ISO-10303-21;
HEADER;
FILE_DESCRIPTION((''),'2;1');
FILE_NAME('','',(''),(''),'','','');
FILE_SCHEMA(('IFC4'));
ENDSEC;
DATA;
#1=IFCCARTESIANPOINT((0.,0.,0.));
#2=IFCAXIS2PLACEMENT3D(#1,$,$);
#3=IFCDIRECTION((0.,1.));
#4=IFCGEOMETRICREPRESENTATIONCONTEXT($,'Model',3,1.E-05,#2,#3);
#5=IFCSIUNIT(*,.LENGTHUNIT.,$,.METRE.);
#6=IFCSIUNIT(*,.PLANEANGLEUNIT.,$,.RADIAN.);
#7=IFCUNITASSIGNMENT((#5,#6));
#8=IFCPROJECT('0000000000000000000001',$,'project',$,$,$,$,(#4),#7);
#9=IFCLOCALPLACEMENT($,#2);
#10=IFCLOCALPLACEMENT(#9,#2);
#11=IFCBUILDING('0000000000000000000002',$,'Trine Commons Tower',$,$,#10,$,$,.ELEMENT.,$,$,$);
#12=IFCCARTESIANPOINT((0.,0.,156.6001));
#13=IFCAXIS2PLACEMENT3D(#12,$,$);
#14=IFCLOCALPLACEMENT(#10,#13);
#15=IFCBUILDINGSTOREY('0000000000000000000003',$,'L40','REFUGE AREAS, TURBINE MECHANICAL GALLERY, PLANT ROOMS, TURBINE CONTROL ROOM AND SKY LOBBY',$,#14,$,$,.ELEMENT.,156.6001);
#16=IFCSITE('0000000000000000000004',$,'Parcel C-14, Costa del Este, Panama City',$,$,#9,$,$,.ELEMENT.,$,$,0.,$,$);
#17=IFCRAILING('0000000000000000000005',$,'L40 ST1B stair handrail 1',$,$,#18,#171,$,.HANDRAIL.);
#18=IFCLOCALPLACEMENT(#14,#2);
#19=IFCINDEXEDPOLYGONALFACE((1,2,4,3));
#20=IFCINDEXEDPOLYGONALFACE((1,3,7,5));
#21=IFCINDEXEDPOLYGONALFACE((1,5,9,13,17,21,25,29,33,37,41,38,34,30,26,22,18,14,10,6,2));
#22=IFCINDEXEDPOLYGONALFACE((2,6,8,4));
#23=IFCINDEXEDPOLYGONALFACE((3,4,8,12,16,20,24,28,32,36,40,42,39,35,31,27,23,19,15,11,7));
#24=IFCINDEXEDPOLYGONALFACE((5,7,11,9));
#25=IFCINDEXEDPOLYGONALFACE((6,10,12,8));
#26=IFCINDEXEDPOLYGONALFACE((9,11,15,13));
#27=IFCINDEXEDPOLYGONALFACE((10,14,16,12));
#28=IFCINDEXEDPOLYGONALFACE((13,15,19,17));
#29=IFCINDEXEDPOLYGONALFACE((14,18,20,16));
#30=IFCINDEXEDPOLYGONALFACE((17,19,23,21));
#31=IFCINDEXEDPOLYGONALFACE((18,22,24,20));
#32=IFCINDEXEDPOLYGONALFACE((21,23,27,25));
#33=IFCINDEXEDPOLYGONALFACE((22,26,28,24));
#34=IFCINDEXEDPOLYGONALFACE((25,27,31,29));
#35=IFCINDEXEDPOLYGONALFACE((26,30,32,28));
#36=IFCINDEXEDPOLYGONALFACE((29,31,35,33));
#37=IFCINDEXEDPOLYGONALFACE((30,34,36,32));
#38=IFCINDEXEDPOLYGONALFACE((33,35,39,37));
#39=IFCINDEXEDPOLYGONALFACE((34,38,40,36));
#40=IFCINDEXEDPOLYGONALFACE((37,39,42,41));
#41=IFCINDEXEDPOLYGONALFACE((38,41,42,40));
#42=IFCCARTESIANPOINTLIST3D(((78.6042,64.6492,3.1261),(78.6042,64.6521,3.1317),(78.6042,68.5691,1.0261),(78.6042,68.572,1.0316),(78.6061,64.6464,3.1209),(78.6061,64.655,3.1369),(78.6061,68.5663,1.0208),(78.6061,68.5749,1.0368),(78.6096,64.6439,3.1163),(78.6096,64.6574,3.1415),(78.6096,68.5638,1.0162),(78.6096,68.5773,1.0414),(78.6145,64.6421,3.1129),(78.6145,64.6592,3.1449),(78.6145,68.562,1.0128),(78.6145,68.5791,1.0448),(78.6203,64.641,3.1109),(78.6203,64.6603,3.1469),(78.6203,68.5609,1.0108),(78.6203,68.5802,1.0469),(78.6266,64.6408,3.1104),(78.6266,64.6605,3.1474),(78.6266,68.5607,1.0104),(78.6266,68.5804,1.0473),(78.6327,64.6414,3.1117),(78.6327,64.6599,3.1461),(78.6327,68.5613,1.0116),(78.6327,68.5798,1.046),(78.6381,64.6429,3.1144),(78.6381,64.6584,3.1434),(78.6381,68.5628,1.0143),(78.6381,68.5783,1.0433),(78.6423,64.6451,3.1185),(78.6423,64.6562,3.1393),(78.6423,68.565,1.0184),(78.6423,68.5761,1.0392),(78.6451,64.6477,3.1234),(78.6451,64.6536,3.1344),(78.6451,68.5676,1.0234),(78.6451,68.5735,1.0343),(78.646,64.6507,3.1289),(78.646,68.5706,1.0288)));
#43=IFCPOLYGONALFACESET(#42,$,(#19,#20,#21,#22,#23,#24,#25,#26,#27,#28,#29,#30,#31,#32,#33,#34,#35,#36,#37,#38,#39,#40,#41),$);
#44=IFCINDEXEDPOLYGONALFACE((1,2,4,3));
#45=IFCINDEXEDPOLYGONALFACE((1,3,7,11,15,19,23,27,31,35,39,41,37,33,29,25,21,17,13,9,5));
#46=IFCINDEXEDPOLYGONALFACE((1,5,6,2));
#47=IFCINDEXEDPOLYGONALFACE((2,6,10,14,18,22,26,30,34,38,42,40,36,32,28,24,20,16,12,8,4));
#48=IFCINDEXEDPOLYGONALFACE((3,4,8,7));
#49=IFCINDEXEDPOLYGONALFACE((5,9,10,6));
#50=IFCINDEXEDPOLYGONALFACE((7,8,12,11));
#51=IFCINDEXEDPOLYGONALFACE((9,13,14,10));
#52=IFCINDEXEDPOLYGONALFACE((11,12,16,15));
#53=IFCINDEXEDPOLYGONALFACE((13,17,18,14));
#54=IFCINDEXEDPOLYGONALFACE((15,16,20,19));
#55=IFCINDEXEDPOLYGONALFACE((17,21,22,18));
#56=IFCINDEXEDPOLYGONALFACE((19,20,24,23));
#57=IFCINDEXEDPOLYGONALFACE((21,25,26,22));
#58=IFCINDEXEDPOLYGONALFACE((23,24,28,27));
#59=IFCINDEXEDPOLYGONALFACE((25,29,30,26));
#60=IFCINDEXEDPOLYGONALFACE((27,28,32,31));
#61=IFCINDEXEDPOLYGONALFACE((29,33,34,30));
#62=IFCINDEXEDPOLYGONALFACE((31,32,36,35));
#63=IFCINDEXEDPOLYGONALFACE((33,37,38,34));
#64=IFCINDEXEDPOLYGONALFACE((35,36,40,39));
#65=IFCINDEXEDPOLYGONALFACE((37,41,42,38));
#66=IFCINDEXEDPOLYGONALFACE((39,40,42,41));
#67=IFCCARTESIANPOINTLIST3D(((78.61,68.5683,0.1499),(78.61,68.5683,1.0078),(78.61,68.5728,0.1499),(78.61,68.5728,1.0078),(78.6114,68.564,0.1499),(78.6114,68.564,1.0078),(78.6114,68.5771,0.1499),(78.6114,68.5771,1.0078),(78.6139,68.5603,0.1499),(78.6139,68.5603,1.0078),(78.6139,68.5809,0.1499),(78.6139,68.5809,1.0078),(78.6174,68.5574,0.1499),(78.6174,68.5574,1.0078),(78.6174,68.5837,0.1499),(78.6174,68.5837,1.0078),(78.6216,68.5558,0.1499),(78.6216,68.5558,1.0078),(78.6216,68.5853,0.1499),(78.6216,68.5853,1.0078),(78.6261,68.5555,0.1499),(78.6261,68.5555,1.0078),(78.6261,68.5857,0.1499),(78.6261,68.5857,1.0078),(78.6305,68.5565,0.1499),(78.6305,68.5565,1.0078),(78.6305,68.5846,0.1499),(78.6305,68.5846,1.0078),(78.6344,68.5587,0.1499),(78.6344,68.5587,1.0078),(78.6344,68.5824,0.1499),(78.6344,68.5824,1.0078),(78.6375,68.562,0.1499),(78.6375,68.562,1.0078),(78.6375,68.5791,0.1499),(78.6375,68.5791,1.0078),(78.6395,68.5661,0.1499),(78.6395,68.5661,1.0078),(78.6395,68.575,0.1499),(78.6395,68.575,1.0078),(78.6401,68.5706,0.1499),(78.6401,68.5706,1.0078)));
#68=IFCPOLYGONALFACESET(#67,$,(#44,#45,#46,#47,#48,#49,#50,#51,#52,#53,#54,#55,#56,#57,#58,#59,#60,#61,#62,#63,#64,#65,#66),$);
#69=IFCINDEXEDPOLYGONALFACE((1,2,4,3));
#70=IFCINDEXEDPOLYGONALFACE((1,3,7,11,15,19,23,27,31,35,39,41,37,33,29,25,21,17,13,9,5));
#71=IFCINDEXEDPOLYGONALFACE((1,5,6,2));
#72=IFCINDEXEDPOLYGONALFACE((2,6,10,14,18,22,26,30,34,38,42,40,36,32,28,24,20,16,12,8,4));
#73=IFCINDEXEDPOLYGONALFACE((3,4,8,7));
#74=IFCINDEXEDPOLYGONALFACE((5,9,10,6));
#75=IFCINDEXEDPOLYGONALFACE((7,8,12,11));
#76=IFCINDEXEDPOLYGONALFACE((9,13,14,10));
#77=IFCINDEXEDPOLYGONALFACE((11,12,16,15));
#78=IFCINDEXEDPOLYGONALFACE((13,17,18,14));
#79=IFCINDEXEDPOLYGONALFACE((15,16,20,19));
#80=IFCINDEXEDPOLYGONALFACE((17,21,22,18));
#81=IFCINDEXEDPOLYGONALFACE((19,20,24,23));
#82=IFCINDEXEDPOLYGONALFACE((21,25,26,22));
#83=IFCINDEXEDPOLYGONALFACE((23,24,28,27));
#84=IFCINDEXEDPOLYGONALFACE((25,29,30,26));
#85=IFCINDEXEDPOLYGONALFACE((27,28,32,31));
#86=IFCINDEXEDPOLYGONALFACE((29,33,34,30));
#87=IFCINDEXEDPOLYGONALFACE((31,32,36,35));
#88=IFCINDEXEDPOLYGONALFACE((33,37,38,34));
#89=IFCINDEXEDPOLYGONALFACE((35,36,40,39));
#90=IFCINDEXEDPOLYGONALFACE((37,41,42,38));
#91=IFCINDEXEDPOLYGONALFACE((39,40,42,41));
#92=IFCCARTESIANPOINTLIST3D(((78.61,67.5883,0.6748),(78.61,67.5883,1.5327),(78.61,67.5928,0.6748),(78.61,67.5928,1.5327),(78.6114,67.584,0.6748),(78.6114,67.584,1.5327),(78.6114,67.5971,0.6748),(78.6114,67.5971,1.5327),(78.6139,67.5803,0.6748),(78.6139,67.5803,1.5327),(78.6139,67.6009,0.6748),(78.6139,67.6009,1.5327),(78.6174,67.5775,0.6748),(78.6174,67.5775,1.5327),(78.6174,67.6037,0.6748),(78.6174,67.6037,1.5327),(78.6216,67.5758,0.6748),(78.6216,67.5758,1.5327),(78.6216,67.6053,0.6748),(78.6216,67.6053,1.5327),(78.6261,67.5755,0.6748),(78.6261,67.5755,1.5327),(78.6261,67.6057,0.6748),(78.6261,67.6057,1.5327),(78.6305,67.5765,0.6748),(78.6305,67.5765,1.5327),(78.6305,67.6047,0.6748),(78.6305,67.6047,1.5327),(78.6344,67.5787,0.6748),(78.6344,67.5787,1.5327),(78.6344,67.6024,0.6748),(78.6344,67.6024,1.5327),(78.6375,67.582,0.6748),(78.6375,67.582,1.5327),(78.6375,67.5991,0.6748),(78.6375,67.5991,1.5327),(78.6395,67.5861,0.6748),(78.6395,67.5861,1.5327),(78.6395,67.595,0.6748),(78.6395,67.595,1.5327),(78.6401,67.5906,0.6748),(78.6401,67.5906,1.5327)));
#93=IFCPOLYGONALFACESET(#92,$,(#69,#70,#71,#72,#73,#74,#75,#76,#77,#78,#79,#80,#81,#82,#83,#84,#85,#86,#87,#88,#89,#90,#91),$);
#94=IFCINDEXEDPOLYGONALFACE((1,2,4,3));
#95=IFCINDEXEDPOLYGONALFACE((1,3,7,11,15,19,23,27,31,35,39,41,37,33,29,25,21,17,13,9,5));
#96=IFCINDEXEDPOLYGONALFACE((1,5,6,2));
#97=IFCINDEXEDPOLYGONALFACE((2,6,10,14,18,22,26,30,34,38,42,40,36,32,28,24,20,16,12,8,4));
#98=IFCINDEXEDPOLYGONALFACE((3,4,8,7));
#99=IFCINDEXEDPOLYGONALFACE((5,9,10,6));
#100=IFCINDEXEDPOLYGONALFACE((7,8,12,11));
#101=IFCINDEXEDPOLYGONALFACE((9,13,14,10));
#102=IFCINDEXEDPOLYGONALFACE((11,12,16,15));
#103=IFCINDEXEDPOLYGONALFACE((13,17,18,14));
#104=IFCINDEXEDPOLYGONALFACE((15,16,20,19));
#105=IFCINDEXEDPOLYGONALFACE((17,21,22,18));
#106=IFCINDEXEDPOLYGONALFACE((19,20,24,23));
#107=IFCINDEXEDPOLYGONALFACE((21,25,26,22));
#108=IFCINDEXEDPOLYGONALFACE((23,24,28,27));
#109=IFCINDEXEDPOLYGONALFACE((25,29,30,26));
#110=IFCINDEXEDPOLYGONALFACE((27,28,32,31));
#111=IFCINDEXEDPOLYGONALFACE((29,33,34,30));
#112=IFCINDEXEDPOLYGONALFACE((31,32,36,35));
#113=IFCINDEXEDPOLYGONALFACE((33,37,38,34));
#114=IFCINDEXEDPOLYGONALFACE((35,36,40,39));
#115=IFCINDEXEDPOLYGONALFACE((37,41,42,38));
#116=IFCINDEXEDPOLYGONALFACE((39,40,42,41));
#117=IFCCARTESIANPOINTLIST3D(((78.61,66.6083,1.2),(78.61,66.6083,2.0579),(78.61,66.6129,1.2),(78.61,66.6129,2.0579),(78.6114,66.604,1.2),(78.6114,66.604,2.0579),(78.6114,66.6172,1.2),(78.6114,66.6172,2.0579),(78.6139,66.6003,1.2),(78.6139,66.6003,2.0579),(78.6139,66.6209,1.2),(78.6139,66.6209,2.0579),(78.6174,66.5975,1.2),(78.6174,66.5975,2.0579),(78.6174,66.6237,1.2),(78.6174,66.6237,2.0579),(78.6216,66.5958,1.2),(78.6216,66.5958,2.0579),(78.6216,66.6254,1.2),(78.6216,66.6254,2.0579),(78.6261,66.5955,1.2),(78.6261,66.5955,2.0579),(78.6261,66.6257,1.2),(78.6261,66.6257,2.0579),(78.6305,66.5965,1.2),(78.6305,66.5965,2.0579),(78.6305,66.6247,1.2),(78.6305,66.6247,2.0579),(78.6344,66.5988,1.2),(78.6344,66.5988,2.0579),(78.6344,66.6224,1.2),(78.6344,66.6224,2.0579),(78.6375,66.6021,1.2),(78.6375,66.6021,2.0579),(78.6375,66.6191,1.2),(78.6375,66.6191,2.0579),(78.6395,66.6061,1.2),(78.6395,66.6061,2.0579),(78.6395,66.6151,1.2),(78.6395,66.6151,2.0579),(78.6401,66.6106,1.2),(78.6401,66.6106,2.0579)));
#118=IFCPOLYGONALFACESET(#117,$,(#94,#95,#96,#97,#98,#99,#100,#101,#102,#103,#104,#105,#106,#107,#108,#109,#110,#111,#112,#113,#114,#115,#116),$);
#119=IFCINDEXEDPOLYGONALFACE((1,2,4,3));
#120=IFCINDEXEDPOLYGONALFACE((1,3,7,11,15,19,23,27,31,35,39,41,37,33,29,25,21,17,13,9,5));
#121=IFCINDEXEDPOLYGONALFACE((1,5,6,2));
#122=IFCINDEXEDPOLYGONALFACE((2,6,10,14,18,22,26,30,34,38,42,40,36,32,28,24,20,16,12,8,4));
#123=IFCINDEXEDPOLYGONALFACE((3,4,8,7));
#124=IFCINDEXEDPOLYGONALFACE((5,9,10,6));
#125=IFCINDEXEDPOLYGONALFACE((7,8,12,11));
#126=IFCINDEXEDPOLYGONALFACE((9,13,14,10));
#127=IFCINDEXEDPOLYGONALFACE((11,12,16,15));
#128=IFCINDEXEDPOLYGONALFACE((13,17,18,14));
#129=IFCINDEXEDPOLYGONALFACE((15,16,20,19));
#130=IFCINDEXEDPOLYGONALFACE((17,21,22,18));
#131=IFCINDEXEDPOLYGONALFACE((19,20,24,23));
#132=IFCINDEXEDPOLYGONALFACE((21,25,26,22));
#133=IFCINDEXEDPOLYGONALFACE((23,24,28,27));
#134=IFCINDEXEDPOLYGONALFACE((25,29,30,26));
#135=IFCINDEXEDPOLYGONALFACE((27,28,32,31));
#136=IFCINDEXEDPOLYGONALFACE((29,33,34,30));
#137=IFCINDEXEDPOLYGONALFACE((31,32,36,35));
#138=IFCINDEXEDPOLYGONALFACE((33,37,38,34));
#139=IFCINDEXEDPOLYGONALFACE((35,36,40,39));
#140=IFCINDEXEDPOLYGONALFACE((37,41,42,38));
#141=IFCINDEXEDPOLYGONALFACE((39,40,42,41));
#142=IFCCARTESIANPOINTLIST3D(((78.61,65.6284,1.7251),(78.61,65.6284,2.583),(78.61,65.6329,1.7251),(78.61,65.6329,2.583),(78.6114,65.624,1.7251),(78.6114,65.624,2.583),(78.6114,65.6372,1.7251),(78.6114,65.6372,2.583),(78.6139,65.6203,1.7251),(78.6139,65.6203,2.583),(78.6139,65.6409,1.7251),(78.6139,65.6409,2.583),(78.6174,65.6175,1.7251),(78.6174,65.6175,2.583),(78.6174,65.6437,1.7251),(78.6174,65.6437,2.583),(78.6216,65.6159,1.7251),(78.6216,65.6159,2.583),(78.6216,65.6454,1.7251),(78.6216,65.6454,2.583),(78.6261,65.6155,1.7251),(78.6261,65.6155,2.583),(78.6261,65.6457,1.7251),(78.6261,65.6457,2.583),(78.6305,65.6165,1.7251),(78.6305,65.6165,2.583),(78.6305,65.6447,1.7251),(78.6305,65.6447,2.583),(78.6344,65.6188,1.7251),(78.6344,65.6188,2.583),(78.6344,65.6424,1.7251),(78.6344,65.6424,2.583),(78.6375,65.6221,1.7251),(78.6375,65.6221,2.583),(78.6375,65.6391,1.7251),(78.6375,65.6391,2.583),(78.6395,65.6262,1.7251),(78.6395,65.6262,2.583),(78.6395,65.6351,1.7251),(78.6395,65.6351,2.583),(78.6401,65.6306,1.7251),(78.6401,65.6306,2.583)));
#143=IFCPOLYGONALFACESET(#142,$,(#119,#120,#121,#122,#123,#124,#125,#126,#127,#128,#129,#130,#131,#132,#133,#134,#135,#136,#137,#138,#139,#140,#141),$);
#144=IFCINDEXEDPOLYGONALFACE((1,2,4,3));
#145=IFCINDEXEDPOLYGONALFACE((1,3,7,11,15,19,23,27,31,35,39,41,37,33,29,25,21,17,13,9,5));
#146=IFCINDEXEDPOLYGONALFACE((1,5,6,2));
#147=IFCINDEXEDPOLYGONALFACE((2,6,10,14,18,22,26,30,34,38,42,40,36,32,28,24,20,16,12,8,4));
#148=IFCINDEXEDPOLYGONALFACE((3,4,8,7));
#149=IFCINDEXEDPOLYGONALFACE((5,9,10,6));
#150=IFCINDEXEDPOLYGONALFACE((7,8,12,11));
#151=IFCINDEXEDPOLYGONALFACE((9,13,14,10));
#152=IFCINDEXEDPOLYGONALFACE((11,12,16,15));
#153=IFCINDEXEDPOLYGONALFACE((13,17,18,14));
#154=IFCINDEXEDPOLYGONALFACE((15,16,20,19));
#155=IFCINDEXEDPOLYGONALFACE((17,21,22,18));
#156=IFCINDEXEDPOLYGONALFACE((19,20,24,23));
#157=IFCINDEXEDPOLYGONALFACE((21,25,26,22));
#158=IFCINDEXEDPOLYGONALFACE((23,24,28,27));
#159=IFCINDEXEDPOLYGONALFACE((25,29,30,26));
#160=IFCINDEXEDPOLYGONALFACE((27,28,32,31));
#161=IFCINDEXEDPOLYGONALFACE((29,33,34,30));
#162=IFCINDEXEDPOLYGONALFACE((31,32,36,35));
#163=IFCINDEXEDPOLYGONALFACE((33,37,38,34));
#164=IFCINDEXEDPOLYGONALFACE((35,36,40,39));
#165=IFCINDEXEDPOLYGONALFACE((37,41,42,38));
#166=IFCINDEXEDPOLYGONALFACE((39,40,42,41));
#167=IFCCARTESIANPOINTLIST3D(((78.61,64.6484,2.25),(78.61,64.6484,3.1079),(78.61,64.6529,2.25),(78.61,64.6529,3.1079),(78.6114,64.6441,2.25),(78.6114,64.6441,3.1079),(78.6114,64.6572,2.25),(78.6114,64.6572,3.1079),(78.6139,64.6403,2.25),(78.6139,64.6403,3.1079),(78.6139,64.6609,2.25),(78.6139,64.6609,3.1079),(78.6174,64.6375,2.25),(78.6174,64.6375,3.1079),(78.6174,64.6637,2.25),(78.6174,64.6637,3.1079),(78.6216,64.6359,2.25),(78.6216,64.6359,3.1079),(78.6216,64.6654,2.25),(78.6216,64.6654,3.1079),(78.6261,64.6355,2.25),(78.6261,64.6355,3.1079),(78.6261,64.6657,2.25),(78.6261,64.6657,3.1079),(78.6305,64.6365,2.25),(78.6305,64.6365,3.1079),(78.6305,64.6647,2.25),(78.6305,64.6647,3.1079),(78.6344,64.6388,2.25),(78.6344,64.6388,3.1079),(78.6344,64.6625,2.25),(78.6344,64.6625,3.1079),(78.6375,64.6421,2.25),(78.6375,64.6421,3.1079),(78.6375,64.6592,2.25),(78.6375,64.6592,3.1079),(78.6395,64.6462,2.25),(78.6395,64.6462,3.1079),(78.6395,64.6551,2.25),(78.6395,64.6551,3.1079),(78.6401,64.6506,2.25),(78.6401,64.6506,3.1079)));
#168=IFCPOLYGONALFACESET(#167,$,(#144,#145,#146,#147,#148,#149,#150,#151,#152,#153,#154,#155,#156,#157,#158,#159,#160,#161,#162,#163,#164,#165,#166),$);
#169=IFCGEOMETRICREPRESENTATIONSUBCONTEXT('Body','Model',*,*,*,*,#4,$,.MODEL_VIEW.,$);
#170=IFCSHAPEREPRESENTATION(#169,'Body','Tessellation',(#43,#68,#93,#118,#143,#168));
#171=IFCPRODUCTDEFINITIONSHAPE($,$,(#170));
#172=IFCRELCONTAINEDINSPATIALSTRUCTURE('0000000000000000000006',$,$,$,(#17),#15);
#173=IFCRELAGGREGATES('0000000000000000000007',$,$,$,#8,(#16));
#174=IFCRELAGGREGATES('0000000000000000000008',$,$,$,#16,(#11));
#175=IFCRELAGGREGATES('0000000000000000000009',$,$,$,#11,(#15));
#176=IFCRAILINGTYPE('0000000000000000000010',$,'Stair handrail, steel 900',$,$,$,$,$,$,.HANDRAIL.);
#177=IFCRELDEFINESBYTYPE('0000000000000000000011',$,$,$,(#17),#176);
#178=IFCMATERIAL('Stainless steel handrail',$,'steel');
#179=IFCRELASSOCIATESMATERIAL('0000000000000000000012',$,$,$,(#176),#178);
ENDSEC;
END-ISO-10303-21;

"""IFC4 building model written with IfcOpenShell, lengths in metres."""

from ifc_helpers import new_model, si_unit, direction, frame, origin, origin_2d, place, context, subcontext, project, spatial, circle, extrude, material, type_object, element, save


model = new_model("IFC4")

# Units and contexts
model_context = context("Model", 3, precision=1e-05, world=origin(), true_north=direction((0.0, 1.0)))
body_context = subcontext(model_context, "Body", "Model", "MODEL_VIEW")
ifc_project = project(units=[si_unit("LENGTHUNIT", "METRE"), si_unit("PLANEANGLEUNIT", "RADIAN")], contexts=[model_context])

# Site, building, storey
site_placement = place(None, origin())
site = spatial("IfcSite", under=ifc_project, at=site_placement, Name="Parcel C-14, Costa del Este, Panama City", CompositionType="ELEMENT", RefElevation=0.0)
building_placement = place(site_placement, origin())
building = spatial("IfcBuilding", under=site, at=building_placement, Name="Trine Commons Tower", CompositionType="ELEMENT")
storey_placement = place(building_placement, frame((0.0, 0.0, 156.6001)))
storey = spatial("IfcBuildingStorey", under=building, at=storey_placement, Name="L40", Description="REFUGE AREAS, TURBINE MECHANICAL GALLERY, PLANT ROOMS, TURBINE CONTROL ROOM AND SKY LOBBY", CompositionType="ELEMENT", Elevation=156.6001)

# Railing
ifc_material_1 = material(Name="Stainless steel handrail", Category="steel")
railing_type_1 = type_object("IfcRailingType", Name="Stair handrail, steel 900", PredefinedType="HANDRAIL", material=ifc_material_1)
railing_1_placement = place(storey_placement, frame((78.625, 68.5706, 0.1499)))
element("IfcRailing", 1, at=railing_1_placement, inside=storey, type_object=railing_type_1, Name="L40 ST1B stair handrail 1", PredefinedType="HANDRAIL", context=body_context, shape_type="SweptSolid", body=[
    extrude(circle(Radius=0.021, at=origin_2d()), frame((0.0, 0.0, 0.8789), z_axis=(0.0, -0.881467, 0.472246), x_axis=(1.0, 0.0, 0.0)), (0.0, 0.0, 1.0), 4.447),
    extrude(circle(Radius=0.0151, at=origin_2d()), origin(), (0.0, 0.0, 1.0), 0.8579),
    extrude(circle(Radius=0.0151, at=origin_2d()), frame((0.0, -0.98, 0.5249)), (0.0, 0.0, 1.0), 0.8579),
    extrude(circle(Radius=0.0151, at=origin_2d()), frame((0.0, -1.96, 1.05)), (0.0, 0.0, 1.0), 0.8579),
    extrude(circle(Radius=0.0151, at=origin_2d()), frame((0.0, -2.9399, 1.5752)), (0.0, 0.0, 1.0), 0.8579),
    extrude(circle(Radius=0.0151, at=origin_2d()), frame((0.0, -3.9199, 2.1001)), (0.0, 0.0, 1.0), 0.8579),
])

save(model, "model.ifc")
